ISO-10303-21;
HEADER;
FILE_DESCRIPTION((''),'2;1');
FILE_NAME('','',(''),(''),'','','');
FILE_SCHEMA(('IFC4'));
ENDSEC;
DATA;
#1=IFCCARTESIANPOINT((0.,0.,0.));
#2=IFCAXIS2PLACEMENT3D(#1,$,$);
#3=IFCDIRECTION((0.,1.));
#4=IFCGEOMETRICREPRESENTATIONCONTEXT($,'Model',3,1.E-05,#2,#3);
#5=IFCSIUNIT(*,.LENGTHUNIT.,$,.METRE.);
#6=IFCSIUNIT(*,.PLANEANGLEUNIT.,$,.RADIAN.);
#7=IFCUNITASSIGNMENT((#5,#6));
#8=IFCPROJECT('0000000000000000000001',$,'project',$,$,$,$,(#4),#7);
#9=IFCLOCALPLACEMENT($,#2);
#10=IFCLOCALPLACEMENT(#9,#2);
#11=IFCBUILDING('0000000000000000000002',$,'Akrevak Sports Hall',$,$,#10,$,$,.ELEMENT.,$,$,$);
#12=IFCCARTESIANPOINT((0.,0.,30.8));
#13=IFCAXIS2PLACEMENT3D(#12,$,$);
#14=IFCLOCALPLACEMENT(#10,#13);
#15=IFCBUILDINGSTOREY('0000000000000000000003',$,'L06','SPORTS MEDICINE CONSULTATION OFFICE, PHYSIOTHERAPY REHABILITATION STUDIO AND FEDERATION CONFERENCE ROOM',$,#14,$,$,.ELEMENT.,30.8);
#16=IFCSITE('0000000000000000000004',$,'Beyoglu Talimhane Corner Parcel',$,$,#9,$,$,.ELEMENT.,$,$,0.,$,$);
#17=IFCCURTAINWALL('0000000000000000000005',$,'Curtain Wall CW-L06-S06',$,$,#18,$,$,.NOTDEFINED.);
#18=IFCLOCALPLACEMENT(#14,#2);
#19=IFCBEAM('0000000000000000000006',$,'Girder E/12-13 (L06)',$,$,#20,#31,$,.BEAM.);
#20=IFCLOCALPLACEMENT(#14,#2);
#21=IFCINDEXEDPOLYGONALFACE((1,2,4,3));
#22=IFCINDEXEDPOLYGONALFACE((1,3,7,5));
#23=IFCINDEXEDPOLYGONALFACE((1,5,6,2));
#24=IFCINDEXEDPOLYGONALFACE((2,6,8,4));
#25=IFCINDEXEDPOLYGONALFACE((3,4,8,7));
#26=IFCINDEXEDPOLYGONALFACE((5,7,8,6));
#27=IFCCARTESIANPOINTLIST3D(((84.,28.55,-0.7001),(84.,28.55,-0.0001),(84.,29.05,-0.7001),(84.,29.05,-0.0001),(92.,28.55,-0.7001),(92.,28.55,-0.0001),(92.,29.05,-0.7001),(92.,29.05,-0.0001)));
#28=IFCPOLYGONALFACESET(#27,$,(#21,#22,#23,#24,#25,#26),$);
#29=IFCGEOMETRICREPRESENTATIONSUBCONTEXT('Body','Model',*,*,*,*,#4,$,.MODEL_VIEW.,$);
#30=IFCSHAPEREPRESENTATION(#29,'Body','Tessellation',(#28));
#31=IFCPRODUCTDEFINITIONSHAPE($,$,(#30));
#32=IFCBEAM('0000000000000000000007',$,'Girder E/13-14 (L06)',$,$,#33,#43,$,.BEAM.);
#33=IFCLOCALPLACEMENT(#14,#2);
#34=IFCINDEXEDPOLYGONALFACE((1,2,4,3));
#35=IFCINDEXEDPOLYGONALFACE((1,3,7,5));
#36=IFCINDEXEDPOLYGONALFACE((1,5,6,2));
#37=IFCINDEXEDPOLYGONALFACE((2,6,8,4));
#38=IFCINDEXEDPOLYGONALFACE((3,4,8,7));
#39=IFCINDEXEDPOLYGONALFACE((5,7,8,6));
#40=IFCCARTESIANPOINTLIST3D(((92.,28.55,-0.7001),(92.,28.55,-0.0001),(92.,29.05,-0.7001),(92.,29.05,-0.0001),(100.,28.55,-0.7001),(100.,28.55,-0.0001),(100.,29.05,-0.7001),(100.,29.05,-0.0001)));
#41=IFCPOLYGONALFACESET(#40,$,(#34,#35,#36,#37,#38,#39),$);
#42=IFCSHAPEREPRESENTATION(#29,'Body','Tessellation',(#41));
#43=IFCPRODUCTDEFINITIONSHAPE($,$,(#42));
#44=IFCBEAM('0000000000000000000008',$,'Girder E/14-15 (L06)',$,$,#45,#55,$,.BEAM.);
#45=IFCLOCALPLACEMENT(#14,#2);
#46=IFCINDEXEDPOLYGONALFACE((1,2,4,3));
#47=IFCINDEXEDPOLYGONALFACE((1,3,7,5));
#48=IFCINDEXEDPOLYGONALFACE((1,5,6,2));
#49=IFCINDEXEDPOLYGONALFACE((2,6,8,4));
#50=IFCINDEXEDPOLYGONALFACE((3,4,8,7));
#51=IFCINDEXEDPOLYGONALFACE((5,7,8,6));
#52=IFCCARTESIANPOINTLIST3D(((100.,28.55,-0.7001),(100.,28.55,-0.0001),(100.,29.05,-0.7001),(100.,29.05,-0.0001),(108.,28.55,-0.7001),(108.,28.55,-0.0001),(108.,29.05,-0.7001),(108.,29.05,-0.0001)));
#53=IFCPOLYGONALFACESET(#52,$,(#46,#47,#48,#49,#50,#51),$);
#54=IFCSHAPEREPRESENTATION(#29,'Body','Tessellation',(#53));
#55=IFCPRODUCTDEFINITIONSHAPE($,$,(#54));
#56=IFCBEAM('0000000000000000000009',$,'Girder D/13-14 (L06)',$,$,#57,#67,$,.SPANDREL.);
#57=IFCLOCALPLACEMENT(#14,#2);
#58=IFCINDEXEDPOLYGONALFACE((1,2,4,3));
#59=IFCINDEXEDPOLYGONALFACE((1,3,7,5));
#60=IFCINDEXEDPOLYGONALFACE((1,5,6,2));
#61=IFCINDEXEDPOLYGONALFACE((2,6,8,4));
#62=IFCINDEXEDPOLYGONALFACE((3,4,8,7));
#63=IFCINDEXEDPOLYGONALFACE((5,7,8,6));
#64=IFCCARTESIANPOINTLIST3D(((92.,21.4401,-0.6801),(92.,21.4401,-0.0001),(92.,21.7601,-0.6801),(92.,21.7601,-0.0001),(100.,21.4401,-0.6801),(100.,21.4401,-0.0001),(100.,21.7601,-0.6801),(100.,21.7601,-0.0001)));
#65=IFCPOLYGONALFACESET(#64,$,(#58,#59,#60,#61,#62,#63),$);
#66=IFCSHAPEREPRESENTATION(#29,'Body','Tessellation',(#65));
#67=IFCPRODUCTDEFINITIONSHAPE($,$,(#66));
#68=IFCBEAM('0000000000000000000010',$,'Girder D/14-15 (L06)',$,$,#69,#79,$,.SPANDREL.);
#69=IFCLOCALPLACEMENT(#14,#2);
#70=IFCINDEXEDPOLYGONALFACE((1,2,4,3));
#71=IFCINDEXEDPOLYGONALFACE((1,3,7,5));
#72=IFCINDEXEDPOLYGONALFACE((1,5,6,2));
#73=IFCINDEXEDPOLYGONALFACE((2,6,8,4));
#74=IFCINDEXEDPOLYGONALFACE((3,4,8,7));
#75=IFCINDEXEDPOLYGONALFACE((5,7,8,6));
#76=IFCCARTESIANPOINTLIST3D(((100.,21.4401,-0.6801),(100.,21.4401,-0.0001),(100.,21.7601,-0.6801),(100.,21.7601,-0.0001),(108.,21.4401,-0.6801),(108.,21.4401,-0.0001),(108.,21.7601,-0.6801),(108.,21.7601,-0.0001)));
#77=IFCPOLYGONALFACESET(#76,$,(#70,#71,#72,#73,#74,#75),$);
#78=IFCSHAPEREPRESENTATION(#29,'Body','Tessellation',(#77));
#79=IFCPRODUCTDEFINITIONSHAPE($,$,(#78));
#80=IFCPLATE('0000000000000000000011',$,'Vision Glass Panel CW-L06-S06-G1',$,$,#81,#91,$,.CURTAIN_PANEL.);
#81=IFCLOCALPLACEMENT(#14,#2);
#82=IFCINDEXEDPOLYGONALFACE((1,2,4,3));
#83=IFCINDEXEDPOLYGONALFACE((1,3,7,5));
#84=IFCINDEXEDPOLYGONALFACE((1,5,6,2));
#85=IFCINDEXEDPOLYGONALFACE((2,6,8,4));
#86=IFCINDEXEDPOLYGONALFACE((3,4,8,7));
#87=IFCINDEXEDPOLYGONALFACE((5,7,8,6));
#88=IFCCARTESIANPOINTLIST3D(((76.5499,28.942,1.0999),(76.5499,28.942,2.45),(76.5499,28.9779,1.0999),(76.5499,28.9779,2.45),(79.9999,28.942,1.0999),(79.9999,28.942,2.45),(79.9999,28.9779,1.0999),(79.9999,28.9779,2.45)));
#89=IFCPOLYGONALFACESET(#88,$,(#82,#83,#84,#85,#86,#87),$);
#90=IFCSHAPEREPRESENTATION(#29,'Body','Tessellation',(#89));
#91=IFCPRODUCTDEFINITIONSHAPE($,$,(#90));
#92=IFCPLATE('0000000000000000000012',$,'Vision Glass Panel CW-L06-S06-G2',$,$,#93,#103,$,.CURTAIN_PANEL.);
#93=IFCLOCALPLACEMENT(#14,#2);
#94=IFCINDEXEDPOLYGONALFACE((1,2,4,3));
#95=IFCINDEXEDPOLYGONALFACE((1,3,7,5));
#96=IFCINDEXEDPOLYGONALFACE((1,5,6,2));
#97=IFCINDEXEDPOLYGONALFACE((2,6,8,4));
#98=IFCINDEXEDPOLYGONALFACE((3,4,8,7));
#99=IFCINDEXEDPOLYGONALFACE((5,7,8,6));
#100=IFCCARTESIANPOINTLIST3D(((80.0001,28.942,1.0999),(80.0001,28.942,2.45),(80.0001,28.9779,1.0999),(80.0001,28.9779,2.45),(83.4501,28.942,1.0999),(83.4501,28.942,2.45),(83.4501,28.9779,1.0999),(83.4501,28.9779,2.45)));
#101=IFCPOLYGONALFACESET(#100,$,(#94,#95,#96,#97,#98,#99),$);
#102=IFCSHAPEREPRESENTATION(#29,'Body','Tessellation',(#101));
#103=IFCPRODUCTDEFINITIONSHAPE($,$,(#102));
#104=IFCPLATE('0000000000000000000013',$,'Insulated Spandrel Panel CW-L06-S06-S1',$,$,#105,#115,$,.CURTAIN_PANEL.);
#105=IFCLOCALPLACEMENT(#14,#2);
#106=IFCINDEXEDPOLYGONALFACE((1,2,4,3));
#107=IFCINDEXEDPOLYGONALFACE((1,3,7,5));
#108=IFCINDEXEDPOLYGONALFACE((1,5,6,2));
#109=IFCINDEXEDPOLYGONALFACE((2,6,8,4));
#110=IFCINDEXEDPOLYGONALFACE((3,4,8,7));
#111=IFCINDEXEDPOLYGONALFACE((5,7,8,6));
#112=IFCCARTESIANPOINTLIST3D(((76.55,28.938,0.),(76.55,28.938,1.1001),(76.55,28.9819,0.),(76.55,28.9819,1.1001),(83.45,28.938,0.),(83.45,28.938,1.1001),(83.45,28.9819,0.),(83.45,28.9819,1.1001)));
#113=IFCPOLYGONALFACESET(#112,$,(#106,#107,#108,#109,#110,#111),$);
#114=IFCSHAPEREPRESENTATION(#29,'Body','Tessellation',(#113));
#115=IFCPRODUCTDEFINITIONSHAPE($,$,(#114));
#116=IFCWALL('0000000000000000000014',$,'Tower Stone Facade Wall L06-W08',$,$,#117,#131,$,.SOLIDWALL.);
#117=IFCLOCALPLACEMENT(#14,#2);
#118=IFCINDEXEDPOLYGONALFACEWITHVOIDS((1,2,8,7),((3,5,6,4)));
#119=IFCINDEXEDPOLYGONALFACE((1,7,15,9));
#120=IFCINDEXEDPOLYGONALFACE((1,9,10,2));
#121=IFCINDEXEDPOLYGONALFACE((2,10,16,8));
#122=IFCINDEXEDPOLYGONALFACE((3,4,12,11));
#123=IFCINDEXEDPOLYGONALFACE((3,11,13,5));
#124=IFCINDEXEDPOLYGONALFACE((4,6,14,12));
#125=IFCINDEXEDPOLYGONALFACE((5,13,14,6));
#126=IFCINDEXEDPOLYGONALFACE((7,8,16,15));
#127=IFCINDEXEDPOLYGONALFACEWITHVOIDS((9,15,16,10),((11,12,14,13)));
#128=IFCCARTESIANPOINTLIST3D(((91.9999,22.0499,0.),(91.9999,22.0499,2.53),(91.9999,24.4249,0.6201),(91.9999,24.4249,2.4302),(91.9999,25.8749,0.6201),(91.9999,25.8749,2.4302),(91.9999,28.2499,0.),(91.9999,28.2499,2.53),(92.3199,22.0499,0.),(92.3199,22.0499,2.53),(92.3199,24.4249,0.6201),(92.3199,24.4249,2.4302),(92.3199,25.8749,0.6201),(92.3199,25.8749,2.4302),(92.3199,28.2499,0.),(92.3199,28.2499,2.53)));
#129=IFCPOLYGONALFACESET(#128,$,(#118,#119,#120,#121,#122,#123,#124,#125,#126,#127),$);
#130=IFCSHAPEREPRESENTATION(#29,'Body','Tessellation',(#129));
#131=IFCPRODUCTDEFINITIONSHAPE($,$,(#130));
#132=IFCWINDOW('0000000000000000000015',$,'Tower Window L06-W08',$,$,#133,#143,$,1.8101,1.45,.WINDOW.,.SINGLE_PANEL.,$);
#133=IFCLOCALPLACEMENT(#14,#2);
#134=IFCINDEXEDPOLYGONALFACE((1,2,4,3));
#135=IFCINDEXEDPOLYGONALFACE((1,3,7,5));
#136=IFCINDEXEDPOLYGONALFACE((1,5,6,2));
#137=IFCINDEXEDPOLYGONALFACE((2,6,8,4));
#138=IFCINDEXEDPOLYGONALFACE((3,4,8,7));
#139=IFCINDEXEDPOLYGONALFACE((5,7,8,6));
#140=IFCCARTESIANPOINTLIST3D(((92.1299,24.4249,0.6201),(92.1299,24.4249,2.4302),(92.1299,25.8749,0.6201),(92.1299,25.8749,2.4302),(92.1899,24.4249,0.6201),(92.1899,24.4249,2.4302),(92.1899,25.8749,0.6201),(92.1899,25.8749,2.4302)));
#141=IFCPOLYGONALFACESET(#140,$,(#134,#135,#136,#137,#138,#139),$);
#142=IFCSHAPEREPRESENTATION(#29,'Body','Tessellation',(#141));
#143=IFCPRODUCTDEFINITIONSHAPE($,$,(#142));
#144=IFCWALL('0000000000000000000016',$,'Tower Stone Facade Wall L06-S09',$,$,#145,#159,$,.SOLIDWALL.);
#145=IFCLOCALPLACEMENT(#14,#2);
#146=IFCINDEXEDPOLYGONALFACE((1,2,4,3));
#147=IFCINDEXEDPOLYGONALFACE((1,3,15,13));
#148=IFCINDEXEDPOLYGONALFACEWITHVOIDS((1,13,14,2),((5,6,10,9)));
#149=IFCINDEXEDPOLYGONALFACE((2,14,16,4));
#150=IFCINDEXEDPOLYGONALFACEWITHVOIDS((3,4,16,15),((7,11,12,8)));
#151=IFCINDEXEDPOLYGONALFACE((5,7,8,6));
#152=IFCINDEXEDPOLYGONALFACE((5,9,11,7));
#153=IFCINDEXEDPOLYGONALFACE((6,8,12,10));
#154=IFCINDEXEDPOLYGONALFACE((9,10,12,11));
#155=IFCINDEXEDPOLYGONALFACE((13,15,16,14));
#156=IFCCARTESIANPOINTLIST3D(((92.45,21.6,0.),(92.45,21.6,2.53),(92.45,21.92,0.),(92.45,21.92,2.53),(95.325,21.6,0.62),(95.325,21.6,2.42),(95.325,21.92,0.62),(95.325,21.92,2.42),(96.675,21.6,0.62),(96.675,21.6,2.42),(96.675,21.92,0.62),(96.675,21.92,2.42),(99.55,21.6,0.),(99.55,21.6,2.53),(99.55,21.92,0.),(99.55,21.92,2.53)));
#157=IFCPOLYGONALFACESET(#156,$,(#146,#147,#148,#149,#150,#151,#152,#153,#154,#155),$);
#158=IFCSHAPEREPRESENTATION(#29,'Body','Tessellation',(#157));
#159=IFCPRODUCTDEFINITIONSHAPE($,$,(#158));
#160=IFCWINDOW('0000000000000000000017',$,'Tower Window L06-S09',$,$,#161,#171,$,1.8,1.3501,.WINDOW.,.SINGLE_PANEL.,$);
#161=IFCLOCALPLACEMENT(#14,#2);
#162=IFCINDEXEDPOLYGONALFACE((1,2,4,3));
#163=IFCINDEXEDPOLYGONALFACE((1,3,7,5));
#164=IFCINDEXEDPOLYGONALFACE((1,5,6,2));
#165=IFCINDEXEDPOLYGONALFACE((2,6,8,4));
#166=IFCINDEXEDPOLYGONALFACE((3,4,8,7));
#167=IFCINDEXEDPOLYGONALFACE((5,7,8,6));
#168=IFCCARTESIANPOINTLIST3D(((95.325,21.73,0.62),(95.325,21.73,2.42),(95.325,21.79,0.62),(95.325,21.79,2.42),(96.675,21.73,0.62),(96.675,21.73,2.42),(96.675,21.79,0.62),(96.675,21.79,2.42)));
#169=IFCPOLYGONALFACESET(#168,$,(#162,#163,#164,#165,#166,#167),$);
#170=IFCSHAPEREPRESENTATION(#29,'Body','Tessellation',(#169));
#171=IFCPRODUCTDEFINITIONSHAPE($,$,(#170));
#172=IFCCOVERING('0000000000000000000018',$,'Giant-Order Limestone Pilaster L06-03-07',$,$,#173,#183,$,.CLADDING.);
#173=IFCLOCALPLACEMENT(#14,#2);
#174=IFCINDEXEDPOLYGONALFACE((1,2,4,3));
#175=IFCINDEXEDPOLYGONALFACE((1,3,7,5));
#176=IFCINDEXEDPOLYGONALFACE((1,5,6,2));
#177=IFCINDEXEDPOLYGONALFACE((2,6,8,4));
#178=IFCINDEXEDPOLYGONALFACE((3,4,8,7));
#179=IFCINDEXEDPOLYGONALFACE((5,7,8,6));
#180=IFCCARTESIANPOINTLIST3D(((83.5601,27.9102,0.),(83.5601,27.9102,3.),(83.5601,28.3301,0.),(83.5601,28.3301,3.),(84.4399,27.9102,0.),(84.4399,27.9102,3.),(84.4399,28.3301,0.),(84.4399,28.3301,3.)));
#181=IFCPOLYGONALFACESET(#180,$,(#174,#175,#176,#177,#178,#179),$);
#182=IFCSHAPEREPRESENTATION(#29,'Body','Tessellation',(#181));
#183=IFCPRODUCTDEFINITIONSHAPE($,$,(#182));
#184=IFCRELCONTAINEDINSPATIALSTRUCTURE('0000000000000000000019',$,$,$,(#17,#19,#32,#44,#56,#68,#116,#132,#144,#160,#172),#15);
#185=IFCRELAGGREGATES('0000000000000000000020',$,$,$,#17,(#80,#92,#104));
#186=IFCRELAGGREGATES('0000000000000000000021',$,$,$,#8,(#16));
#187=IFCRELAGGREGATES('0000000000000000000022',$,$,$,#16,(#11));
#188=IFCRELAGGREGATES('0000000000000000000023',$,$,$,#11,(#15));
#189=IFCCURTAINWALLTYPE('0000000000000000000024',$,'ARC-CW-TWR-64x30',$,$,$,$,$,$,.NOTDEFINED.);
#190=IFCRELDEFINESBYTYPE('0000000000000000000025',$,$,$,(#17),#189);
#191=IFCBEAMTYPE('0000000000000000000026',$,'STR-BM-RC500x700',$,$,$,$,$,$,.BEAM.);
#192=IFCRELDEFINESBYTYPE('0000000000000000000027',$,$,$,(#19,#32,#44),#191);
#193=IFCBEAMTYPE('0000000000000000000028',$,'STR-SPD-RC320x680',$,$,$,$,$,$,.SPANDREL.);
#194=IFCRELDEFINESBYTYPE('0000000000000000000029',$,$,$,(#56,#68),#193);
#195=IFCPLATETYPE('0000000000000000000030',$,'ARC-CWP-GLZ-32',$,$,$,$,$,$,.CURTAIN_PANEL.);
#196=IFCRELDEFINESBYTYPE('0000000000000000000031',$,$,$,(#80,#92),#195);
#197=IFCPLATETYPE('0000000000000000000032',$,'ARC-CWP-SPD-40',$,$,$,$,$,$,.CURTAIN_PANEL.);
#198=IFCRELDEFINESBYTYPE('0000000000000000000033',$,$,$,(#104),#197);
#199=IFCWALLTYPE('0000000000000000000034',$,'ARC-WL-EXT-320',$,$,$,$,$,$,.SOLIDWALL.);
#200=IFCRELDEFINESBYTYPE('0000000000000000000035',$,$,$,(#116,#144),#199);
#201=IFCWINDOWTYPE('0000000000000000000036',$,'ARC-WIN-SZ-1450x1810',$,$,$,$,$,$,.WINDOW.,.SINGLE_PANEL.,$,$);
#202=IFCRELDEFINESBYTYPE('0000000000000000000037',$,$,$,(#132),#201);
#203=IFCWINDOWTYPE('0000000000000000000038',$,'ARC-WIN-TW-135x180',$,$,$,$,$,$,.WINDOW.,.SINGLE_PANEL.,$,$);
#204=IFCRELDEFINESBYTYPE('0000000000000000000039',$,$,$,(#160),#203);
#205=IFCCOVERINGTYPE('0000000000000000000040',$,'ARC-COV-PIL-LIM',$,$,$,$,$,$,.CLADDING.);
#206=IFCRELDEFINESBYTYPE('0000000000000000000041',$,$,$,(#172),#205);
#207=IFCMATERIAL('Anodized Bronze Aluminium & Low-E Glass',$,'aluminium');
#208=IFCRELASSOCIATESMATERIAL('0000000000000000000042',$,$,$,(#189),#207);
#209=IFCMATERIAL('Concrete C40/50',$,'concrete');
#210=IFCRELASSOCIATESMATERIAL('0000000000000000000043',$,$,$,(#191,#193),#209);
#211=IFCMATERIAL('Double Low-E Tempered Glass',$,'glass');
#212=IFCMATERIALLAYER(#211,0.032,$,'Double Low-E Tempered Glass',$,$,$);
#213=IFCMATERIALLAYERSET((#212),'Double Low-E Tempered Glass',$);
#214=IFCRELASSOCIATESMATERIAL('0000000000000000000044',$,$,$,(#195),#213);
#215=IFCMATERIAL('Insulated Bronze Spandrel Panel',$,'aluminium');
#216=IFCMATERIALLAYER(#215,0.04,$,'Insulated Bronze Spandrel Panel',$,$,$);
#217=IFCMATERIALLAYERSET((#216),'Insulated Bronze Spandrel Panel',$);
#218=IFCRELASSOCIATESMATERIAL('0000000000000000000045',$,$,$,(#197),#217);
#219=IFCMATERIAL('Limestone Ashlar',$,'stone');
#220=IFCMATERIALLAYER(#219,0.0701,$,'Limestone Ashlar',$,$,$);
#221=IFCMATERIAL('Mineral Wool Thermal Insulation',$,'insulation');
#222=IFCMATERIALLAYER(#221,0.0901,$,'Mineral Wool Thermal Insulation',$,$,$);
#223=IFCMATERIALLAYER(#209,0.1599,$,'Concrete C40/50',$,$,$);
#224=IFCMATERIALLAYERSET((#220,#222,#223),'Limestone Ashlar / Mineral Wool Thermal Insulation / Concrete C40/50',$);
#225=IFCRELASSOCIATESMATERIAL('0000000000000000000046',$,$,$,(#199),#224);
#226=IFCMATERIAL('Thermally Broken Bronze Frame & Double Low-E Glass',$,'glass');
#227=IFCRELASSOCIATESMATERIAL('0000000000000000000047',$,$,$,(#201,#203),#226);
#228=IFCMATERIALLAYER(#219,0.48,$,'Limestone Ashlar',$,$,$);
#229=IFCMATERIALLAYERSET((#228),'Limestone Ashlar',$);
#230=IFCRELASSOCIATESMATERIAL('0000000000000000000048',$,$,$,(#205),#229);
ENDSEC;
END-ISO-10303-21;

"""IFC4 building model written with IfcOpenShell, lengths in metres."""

from ifc_helpers import new_model, si_unit, direction, frame, frame_2d, origin, origin_2d, place, context, subcontext, project, spatial, rectangle, extrude, material, layer, layer_set, material_profile, profile_set, type_object, element, fill, aggregate, save


model = new_model("IFC4")

# Units and contexts
model_context = context("Model", 3, precision=1e-05, world=origin(), true_north=direction((0.0, 1.0)))
body_context = subcontext(model_context, "Body", "Model", "MODEL_VIEW")
ifc_project = project(units=[si_unit("LENGTHUNIT", "METRE"), si_unit("PLANEANGLEUNIT", "RADIAN")], contexts=[model_context])

# Site, building, storey
site_placement = place(None, origin())
site = spatial("IfcSite", under=ifc_project, at=site_placement, Name="Beyoglu Talimhane Corner Parcel", CompositionType="ELEMENT", RefElevation=0.0)
building_placement = place(site_placement, origin())
building = spatial("IfcBuilding", under=site, at=building_placement, Name="Akrevak Sports Hall", CompositionType="ELEMENT")
storey_placement = place(building_placement, frame((0.0, 0.0, 30.8)))
storey = spatial("IfcBuildingStorey", under=building, at=storey_placement, Name="L06", Description="SPORTS MEDICINE CONSULTATION OFFICE, PHYSIOTHERAPY REHABILITATION STUDIO AND FEDERATION CONFERENCE ROOM", CompositionType="ELEMENT", Elevation=30.8)

# Shared definitions
ifc_material_1 = material(Name="Concrete C40/50", Category="concrete")

# Curtain wall
ifc_material_2 = material(Name="Anodized Bronze Aluminium & Low-E Glass", Category="aluminium")
curtain_wall_type = type_object("IfcCurtainWallType", Name="ARC-CW-TWR-64x30", PredefinedType="NOTDEFINED", material=ifc_material_2)
curtain_wall_1_placement = place(storey_placement, origin())
curtain_wall_1 = element("IfcCurtainWall", 1, at=curtain_wall_1_placement, inside=storey, type_object=curtain_wall_type, Name="Curtain Wall CW-L06-S06", PredefinedType="NOTDEFINED")

# Beams
ifc_material_profile_1 = material_profile(ifc_material_1, rectangle(XDim=0.5, YDim=0.7, at=origin_2d()), Name="BM 500x700", Category="concrete")
ifc_profile_set_1 = profile_set([ifc_material_profile_1], Name="Concrete C40/50")
beam_type_1 = type_object("IfcBeamType", Name="STR-BM-RC500x700", PredefinedType="BEAM", material=ifc_profile_set_1)
for number, where, z_axis, x_axis, name in (
    (2, (84.0, 28.8, -0.3501), (1.0, 0.0, 0.0), (0.0, 1.0, 0.0), "Girder E/12-13 (L06)"),
    (3, (92.0, 28.8, -0.3501), (1.0, 0.0, 0.0), (0.0, 1.0, 0.0), "Girder E/13-14 (L06)"),
    (4, (100.0, 28.8, -0.3501), (1.0, 0.0, 0.0), (0.0, 1.0, 0.0), "Girder E/14-15 (L06)"),
):
    element("IfcBeam", number, at=place(storey_placement, frame(where, z_axis=z_axis, x_axis=x_axis)), inside=storey, type_object=beam_type_1, Name=name, PredefinedType="BEAM", context=body_context, shape_type="SweptSolid", body=[
        extrude(rectangle(XDim=0.5, YDim=0.7, at=origin_2d()), origin(), (0.0, 0.0, 1.0), 8.0),
    ])
ifc_material_profile_2 = material_profile(ifc_material_1, rectangle(XDim=0.3201, YDim=0.6799, at=origin_2d()), Name="SPD 320x680", Category="concrete")
ifc_profile_set_2 = profile_set([ifc_material_profile_2], Name="Concrete C40/50")
beam_type_2 = type_object("IfcBeamType", Name="STR-SPD-RC320x680", PredefinedType="SPANDREL", material=ifc_profile_set_2)
for number, where, z_axis, x_axis, name in (
    (5, (92.0, 21.6001, -0.3401), (1.0, 0.0, 0.0), (0.0, 1.0, 0.0), "Girder D/13-14 (L06)"),
    (6, (100.0, 21.6001, -0.3401), (1.0, 0.0, 0.0), (0.0, 1.0, 0.0), "Girder D/14-15 (L06)"),
):
    element("IfcBeam", number, at=place(storey_placement, frame(where, z_axis=z_axis, x_axis=x_axis)), inside=storey, type_object=beam_type_2, Name=name, PredefinedType="SPANDREL", context=body_context, shape_type="SweptSolid", body=[
        extrude(rectangle(XDim=0.3201, YDim=0.6799, at=origin_2d()), origin(), (0.0, 0.0, 1.0), 8.0),
    ])

# Plates
ifc_material_3 = material(Name="Double Low-E Tempered Glass", Category="glass")
ifc_layer_1 = layer(ifc_material_3, 0.032, Name="Double Low-E Tempered Glass")
ifc_layer_set_1 = layer_set([ifc_layer_1], Name="Double Low-E Tempered Glass")
plate_type_1 = type_object("IfcPlateType", Name="ARC-CWP-GLZ-32", PredefinedType="CURTAIN_PANEL", material=ifc_layer_set_1)
plate_1_placement = place(storey_placement, frame((78.2749, 28.96, 1.0999), z_axis=(0.0, 0.0, 1.0), x_axis=(1.0, 0.0, 0.0)))
plate_1 = element("IfcPlate", 7, at=plate_1_placement, type_object=plate_type_1, Name="Vision Glass Panel CW-L06-S06-G1", PredefinedType="CURTAIN_PANEL", context=body_context, shape_type="SweptSolid", body=[
    extrude(rectangle(XDim=3.45, YDim=0.0359, at=origin_2d()), origin(), (0.0, 0.0, 1.0), 1.3501),
])
plate_2_placement = place(storey_placement, frame((81.7251, 28.96, 1.0999), z_axis=(0.0, 0.0, 1.0), x_axis=(1.0, 0.0, 0.0)))
plate_2 = element("IfcPlate", 8, at=plate_2_placement, type_object=plate_type_1, Name="Vision Glass Panel CW-L06-S06-G2", PredefinedType="CURTAIN_PANEL", context=body_context, shape_type="SweptSolid", body=[
    extrude(rectangle(XDim=3.45, YDim=0.0359, at=origin_2d()), origin(), (0.0, 0.0, 1.0), 1.3501),
])
ifc_material_4 = material(Name="Insulated Bronze Spandrel Panel", Category="aluminium")
ifc_layer_2 = layer(ifc_material_4, 0.04, Name="Insulated Bronze Spandrel Panel")
ifc_layer_set_2 = layer_set([ifc_layer_2], Name="Insulated Bronze Spandrel Panel")
plate_type_2 = type_object("IfcPlateType", Name="ARC-CWP-SPD-40", PredefinedType="CURTAIN_PANEL", material=ifc_layer_set_2)
plate_3_placement = place(storey_placement, frame((80.0, 28.96, 0.0), z_axis=(0.0, 0.0, 1.0), x_axis=(1.0, 0.0, 0.0)))
plate_3 = element("IfcPlate", 9, at=plate_3_placement, type_object=plate_type_2, Name="Insulated Spandrel Panel CW-L06-S06-S1", PredefinedType="CURTAIN_PANEL", context=body_context, shape_type="SweptSolid", body=[
    extrude(rectangle(XDim=6.8999, YDim=0.0439, at=origin_2d()), origin(), (0.0, 0.0, 1.0), 1.1001),
])
aggregate(curtain_wall_1, [plate_1, plate_2, plate_3])

# Walls, openings, windows
ifc_material_5 = material(Name="Limestone Ashlar", Category="stone")
ifc_layer_3 = layer(ifc_material_5, 0.0701, Name="Limestone Ashlar")
ifc_material_6 = material(Name="Mineral Wool Thermal Insulation", Category="insulation")
ifc_layer_4 = layer(ifc_material_6, 0.0901, Name="Mineral Wool Thermal Insulation")
ifc_layer_5 = layer(ifc_material_1, 0.1599, Name="Concrete C40/50")
ifc_layer_set_3 = layer_set([ifc_layer_3, ifc_layer_4, ifc_layer_5], Name="Limestone Ashlar / Mineral Wool Thermal Insulation / Concrete C40/50")
wall_type = type_object("IfcWallType", Name="ARC-WL-EXT-320", PredefinedType="SOLIDWALL", material=ifc_layer_set_3)
wall_1_placement = place(storey_placement, frame((92.1599, 28.25, 0.0), z_axis=(0.0, 0.0, 1.0), x_axis=(0.0, -1.0, 0.0)))
wall_1 = element("IfcWall", 10, at=wall_1_placement, inside=storey, type_object=wall_type, Name="Tower Stone Facade Wall L06-W08", PredefinedType="SOLIDWALL", context=body_context, shape_type="SweptSolid", body=[
    extrude(rectangle(XDim=6.2, YDim=0.3201, at=frame_2d((3.1001, 0.0))), origin(), (0.0, 0.0, 1.0), 2.53),
])
opening_1_placement = place(wall_1_placement, frame((2.375, 0.0, 0.6201)))
opening_1 = element("IfcOpeningElement", 11, at=opening_1_placement, cuts=wall_1, PredefinedType="OPENING", context=body_context, shape_type="SweptSolid", body=[
    extrude(rectangle(XDim=1.45, YDim=1.8101, at=frame_2d((0.7251, 0.905))), frame((0.0, 0.1719, 0.0), z_axis=(0.0, -1.0, 0.0), x_axis=(1.0, 0.0, 0.0)), (0.0, 0.0, 1.0), 0.344),
])
ifc_material_7 = material(Name="Thermally Broken Bronze Frame & Double Low-E Glass", Category="glass")
window_type_1 = type_object("IfcWindowType", Name="ARC-WIN-SZ-1450x1810", PartitioningType="SINGLE_PANEL", PredefinedType="WINDOW", material=ifc_material_7)
window_1_placement = place(opening_1_placement, origin())
window_1 = element("IfcWindow", 12, at=window_1_placement, inside=storey, type_object=window_type_1, Name="Tower Window L06-W08", OverallHeight=1.8101, OverallWidth=1.45, PartitioningType="SINGLE_PANEL", PredefinedType="WINDOW", context=body_context, shape_type="SweptSolid", body=[
    extrude(rectangle(XDim=1.45, YDim=1.8101, at=frame_2d((0.7251, 0.905))), frame((0.0, 0.03, 0.0), z_axis=(0.0, -1.0, 0.0), x_axis=(1.0, 0.0, 0.0)), (0.0, 0.0, 1.0), 0.0601),
])
fill(opening_1, window_1)
wall_2_placement = place(storey_placement, frame((92.45, 21.76, 0.0), z_axis=(0.0, 0.0, 1.0), x_axis=(1.0, 0.0, 0.0)))
wall_2 = element("IfcWall", 13, at=wall_2_placement, inside=storey, type_object=wall_type, Name="Tower Stone Facade Wall L06-S09", PredefinedType="SOLIDWALL", context=body_context, shape_type="SweptSolid", body=[
    extrude(rectangle(XDim=7.1001, YDim=0.3201, at=frame_2d((3.55, 0.0))), origin(), (0.0, 0.0, 1.0), 2.53),
])
opening_2_placement = place(wall_2_placement, frame((2.875, 0.0, 0.6201)))
opening_2 = element("IfcOpeningElement", 14, at=opening_2_placement, cuts=wall_2, PredefinedType="OPENING", context=body_context, shape_type="SweptSolid", body=[
    extrude(rectangle(XDim=1.3501, YDim=1.8, at=frame_2d((0.675, 0.8999))), frame((0.0, 0.1719, 0.0), z_axis=(0.0, -1.0, 0.0), x_axis=(1.0, 0.0, 0.0)), (0.0, 0.0, 1.0), 0.344),
])
window_type_2 = type_object("IfcWindowType", Name="ARC-WIN-TW-135x180", PartitioningType="SINGLE_PANEL", PredefinedType="WINDOW", material=ifc_material_7)
window_2_placement = place(opening_2_placement, origin())
window_2 = element("IfcWindow", 15, at=window_2_placement, inside=storey, type_object=window_type_2, Name="Tower Window L06-S09", OverallHeight=1.8, OverallWidth=1.3501, PartitioningType="SINGLE_PANEL", PredefinedType="WINDOW", context=body_context, shape_type="SweptSolid", body=[
    extrude(rectangle(XDim=1.3501, YDim=1.8, at=frame_2d((0.675, 0.8999))), frame((0.0, 0.03, 0.0), z_axis=(0.0, -1.0, 0.0), x_axis=(1.0, 0.0, 0.0)), (0.0, 0.0, 1.0), 0.0601),
])
fill(opening_2, window_2)

# Covering
ifc_layer_6 = layer(ifc_material_5, 0.48, Name="Limestone Ashlar")
ifc_layer_set_4 = layer_set([ifc_layer_6], Name="Limestone Ashlar")
covering_type = type_object("IfcCoveringType", Name="ARC-COV-PIL-LIM", PredefinedType="CLADDING", material=ifc_layer_set_4)
for number, where, z_axis, x_axis, name in (
    (16, (84.0, 28.1201, 0.0), (0.0, 0.0, 1.0), (1.0, 0.0, 0.0), "Giant-Order Limestone Pilaster L06-03-07"),
):
    element("IfcCovering", number, at=place(storey_placement, frame(where, z_axis=z_axis, x_axis=x_axis)), inside=storey, type_object=covering_type, Name=name, PredefinedType="CLADDING", context=body_context, shape_type="SweptSolid", body=[
        extrude(rectangle(XDim=0.8799, YDim=0.4199, at=origin_2d()), origin(), (0.0, 0.0, 1.0), 3.0),
    ])

save(model, "model.ifc")
